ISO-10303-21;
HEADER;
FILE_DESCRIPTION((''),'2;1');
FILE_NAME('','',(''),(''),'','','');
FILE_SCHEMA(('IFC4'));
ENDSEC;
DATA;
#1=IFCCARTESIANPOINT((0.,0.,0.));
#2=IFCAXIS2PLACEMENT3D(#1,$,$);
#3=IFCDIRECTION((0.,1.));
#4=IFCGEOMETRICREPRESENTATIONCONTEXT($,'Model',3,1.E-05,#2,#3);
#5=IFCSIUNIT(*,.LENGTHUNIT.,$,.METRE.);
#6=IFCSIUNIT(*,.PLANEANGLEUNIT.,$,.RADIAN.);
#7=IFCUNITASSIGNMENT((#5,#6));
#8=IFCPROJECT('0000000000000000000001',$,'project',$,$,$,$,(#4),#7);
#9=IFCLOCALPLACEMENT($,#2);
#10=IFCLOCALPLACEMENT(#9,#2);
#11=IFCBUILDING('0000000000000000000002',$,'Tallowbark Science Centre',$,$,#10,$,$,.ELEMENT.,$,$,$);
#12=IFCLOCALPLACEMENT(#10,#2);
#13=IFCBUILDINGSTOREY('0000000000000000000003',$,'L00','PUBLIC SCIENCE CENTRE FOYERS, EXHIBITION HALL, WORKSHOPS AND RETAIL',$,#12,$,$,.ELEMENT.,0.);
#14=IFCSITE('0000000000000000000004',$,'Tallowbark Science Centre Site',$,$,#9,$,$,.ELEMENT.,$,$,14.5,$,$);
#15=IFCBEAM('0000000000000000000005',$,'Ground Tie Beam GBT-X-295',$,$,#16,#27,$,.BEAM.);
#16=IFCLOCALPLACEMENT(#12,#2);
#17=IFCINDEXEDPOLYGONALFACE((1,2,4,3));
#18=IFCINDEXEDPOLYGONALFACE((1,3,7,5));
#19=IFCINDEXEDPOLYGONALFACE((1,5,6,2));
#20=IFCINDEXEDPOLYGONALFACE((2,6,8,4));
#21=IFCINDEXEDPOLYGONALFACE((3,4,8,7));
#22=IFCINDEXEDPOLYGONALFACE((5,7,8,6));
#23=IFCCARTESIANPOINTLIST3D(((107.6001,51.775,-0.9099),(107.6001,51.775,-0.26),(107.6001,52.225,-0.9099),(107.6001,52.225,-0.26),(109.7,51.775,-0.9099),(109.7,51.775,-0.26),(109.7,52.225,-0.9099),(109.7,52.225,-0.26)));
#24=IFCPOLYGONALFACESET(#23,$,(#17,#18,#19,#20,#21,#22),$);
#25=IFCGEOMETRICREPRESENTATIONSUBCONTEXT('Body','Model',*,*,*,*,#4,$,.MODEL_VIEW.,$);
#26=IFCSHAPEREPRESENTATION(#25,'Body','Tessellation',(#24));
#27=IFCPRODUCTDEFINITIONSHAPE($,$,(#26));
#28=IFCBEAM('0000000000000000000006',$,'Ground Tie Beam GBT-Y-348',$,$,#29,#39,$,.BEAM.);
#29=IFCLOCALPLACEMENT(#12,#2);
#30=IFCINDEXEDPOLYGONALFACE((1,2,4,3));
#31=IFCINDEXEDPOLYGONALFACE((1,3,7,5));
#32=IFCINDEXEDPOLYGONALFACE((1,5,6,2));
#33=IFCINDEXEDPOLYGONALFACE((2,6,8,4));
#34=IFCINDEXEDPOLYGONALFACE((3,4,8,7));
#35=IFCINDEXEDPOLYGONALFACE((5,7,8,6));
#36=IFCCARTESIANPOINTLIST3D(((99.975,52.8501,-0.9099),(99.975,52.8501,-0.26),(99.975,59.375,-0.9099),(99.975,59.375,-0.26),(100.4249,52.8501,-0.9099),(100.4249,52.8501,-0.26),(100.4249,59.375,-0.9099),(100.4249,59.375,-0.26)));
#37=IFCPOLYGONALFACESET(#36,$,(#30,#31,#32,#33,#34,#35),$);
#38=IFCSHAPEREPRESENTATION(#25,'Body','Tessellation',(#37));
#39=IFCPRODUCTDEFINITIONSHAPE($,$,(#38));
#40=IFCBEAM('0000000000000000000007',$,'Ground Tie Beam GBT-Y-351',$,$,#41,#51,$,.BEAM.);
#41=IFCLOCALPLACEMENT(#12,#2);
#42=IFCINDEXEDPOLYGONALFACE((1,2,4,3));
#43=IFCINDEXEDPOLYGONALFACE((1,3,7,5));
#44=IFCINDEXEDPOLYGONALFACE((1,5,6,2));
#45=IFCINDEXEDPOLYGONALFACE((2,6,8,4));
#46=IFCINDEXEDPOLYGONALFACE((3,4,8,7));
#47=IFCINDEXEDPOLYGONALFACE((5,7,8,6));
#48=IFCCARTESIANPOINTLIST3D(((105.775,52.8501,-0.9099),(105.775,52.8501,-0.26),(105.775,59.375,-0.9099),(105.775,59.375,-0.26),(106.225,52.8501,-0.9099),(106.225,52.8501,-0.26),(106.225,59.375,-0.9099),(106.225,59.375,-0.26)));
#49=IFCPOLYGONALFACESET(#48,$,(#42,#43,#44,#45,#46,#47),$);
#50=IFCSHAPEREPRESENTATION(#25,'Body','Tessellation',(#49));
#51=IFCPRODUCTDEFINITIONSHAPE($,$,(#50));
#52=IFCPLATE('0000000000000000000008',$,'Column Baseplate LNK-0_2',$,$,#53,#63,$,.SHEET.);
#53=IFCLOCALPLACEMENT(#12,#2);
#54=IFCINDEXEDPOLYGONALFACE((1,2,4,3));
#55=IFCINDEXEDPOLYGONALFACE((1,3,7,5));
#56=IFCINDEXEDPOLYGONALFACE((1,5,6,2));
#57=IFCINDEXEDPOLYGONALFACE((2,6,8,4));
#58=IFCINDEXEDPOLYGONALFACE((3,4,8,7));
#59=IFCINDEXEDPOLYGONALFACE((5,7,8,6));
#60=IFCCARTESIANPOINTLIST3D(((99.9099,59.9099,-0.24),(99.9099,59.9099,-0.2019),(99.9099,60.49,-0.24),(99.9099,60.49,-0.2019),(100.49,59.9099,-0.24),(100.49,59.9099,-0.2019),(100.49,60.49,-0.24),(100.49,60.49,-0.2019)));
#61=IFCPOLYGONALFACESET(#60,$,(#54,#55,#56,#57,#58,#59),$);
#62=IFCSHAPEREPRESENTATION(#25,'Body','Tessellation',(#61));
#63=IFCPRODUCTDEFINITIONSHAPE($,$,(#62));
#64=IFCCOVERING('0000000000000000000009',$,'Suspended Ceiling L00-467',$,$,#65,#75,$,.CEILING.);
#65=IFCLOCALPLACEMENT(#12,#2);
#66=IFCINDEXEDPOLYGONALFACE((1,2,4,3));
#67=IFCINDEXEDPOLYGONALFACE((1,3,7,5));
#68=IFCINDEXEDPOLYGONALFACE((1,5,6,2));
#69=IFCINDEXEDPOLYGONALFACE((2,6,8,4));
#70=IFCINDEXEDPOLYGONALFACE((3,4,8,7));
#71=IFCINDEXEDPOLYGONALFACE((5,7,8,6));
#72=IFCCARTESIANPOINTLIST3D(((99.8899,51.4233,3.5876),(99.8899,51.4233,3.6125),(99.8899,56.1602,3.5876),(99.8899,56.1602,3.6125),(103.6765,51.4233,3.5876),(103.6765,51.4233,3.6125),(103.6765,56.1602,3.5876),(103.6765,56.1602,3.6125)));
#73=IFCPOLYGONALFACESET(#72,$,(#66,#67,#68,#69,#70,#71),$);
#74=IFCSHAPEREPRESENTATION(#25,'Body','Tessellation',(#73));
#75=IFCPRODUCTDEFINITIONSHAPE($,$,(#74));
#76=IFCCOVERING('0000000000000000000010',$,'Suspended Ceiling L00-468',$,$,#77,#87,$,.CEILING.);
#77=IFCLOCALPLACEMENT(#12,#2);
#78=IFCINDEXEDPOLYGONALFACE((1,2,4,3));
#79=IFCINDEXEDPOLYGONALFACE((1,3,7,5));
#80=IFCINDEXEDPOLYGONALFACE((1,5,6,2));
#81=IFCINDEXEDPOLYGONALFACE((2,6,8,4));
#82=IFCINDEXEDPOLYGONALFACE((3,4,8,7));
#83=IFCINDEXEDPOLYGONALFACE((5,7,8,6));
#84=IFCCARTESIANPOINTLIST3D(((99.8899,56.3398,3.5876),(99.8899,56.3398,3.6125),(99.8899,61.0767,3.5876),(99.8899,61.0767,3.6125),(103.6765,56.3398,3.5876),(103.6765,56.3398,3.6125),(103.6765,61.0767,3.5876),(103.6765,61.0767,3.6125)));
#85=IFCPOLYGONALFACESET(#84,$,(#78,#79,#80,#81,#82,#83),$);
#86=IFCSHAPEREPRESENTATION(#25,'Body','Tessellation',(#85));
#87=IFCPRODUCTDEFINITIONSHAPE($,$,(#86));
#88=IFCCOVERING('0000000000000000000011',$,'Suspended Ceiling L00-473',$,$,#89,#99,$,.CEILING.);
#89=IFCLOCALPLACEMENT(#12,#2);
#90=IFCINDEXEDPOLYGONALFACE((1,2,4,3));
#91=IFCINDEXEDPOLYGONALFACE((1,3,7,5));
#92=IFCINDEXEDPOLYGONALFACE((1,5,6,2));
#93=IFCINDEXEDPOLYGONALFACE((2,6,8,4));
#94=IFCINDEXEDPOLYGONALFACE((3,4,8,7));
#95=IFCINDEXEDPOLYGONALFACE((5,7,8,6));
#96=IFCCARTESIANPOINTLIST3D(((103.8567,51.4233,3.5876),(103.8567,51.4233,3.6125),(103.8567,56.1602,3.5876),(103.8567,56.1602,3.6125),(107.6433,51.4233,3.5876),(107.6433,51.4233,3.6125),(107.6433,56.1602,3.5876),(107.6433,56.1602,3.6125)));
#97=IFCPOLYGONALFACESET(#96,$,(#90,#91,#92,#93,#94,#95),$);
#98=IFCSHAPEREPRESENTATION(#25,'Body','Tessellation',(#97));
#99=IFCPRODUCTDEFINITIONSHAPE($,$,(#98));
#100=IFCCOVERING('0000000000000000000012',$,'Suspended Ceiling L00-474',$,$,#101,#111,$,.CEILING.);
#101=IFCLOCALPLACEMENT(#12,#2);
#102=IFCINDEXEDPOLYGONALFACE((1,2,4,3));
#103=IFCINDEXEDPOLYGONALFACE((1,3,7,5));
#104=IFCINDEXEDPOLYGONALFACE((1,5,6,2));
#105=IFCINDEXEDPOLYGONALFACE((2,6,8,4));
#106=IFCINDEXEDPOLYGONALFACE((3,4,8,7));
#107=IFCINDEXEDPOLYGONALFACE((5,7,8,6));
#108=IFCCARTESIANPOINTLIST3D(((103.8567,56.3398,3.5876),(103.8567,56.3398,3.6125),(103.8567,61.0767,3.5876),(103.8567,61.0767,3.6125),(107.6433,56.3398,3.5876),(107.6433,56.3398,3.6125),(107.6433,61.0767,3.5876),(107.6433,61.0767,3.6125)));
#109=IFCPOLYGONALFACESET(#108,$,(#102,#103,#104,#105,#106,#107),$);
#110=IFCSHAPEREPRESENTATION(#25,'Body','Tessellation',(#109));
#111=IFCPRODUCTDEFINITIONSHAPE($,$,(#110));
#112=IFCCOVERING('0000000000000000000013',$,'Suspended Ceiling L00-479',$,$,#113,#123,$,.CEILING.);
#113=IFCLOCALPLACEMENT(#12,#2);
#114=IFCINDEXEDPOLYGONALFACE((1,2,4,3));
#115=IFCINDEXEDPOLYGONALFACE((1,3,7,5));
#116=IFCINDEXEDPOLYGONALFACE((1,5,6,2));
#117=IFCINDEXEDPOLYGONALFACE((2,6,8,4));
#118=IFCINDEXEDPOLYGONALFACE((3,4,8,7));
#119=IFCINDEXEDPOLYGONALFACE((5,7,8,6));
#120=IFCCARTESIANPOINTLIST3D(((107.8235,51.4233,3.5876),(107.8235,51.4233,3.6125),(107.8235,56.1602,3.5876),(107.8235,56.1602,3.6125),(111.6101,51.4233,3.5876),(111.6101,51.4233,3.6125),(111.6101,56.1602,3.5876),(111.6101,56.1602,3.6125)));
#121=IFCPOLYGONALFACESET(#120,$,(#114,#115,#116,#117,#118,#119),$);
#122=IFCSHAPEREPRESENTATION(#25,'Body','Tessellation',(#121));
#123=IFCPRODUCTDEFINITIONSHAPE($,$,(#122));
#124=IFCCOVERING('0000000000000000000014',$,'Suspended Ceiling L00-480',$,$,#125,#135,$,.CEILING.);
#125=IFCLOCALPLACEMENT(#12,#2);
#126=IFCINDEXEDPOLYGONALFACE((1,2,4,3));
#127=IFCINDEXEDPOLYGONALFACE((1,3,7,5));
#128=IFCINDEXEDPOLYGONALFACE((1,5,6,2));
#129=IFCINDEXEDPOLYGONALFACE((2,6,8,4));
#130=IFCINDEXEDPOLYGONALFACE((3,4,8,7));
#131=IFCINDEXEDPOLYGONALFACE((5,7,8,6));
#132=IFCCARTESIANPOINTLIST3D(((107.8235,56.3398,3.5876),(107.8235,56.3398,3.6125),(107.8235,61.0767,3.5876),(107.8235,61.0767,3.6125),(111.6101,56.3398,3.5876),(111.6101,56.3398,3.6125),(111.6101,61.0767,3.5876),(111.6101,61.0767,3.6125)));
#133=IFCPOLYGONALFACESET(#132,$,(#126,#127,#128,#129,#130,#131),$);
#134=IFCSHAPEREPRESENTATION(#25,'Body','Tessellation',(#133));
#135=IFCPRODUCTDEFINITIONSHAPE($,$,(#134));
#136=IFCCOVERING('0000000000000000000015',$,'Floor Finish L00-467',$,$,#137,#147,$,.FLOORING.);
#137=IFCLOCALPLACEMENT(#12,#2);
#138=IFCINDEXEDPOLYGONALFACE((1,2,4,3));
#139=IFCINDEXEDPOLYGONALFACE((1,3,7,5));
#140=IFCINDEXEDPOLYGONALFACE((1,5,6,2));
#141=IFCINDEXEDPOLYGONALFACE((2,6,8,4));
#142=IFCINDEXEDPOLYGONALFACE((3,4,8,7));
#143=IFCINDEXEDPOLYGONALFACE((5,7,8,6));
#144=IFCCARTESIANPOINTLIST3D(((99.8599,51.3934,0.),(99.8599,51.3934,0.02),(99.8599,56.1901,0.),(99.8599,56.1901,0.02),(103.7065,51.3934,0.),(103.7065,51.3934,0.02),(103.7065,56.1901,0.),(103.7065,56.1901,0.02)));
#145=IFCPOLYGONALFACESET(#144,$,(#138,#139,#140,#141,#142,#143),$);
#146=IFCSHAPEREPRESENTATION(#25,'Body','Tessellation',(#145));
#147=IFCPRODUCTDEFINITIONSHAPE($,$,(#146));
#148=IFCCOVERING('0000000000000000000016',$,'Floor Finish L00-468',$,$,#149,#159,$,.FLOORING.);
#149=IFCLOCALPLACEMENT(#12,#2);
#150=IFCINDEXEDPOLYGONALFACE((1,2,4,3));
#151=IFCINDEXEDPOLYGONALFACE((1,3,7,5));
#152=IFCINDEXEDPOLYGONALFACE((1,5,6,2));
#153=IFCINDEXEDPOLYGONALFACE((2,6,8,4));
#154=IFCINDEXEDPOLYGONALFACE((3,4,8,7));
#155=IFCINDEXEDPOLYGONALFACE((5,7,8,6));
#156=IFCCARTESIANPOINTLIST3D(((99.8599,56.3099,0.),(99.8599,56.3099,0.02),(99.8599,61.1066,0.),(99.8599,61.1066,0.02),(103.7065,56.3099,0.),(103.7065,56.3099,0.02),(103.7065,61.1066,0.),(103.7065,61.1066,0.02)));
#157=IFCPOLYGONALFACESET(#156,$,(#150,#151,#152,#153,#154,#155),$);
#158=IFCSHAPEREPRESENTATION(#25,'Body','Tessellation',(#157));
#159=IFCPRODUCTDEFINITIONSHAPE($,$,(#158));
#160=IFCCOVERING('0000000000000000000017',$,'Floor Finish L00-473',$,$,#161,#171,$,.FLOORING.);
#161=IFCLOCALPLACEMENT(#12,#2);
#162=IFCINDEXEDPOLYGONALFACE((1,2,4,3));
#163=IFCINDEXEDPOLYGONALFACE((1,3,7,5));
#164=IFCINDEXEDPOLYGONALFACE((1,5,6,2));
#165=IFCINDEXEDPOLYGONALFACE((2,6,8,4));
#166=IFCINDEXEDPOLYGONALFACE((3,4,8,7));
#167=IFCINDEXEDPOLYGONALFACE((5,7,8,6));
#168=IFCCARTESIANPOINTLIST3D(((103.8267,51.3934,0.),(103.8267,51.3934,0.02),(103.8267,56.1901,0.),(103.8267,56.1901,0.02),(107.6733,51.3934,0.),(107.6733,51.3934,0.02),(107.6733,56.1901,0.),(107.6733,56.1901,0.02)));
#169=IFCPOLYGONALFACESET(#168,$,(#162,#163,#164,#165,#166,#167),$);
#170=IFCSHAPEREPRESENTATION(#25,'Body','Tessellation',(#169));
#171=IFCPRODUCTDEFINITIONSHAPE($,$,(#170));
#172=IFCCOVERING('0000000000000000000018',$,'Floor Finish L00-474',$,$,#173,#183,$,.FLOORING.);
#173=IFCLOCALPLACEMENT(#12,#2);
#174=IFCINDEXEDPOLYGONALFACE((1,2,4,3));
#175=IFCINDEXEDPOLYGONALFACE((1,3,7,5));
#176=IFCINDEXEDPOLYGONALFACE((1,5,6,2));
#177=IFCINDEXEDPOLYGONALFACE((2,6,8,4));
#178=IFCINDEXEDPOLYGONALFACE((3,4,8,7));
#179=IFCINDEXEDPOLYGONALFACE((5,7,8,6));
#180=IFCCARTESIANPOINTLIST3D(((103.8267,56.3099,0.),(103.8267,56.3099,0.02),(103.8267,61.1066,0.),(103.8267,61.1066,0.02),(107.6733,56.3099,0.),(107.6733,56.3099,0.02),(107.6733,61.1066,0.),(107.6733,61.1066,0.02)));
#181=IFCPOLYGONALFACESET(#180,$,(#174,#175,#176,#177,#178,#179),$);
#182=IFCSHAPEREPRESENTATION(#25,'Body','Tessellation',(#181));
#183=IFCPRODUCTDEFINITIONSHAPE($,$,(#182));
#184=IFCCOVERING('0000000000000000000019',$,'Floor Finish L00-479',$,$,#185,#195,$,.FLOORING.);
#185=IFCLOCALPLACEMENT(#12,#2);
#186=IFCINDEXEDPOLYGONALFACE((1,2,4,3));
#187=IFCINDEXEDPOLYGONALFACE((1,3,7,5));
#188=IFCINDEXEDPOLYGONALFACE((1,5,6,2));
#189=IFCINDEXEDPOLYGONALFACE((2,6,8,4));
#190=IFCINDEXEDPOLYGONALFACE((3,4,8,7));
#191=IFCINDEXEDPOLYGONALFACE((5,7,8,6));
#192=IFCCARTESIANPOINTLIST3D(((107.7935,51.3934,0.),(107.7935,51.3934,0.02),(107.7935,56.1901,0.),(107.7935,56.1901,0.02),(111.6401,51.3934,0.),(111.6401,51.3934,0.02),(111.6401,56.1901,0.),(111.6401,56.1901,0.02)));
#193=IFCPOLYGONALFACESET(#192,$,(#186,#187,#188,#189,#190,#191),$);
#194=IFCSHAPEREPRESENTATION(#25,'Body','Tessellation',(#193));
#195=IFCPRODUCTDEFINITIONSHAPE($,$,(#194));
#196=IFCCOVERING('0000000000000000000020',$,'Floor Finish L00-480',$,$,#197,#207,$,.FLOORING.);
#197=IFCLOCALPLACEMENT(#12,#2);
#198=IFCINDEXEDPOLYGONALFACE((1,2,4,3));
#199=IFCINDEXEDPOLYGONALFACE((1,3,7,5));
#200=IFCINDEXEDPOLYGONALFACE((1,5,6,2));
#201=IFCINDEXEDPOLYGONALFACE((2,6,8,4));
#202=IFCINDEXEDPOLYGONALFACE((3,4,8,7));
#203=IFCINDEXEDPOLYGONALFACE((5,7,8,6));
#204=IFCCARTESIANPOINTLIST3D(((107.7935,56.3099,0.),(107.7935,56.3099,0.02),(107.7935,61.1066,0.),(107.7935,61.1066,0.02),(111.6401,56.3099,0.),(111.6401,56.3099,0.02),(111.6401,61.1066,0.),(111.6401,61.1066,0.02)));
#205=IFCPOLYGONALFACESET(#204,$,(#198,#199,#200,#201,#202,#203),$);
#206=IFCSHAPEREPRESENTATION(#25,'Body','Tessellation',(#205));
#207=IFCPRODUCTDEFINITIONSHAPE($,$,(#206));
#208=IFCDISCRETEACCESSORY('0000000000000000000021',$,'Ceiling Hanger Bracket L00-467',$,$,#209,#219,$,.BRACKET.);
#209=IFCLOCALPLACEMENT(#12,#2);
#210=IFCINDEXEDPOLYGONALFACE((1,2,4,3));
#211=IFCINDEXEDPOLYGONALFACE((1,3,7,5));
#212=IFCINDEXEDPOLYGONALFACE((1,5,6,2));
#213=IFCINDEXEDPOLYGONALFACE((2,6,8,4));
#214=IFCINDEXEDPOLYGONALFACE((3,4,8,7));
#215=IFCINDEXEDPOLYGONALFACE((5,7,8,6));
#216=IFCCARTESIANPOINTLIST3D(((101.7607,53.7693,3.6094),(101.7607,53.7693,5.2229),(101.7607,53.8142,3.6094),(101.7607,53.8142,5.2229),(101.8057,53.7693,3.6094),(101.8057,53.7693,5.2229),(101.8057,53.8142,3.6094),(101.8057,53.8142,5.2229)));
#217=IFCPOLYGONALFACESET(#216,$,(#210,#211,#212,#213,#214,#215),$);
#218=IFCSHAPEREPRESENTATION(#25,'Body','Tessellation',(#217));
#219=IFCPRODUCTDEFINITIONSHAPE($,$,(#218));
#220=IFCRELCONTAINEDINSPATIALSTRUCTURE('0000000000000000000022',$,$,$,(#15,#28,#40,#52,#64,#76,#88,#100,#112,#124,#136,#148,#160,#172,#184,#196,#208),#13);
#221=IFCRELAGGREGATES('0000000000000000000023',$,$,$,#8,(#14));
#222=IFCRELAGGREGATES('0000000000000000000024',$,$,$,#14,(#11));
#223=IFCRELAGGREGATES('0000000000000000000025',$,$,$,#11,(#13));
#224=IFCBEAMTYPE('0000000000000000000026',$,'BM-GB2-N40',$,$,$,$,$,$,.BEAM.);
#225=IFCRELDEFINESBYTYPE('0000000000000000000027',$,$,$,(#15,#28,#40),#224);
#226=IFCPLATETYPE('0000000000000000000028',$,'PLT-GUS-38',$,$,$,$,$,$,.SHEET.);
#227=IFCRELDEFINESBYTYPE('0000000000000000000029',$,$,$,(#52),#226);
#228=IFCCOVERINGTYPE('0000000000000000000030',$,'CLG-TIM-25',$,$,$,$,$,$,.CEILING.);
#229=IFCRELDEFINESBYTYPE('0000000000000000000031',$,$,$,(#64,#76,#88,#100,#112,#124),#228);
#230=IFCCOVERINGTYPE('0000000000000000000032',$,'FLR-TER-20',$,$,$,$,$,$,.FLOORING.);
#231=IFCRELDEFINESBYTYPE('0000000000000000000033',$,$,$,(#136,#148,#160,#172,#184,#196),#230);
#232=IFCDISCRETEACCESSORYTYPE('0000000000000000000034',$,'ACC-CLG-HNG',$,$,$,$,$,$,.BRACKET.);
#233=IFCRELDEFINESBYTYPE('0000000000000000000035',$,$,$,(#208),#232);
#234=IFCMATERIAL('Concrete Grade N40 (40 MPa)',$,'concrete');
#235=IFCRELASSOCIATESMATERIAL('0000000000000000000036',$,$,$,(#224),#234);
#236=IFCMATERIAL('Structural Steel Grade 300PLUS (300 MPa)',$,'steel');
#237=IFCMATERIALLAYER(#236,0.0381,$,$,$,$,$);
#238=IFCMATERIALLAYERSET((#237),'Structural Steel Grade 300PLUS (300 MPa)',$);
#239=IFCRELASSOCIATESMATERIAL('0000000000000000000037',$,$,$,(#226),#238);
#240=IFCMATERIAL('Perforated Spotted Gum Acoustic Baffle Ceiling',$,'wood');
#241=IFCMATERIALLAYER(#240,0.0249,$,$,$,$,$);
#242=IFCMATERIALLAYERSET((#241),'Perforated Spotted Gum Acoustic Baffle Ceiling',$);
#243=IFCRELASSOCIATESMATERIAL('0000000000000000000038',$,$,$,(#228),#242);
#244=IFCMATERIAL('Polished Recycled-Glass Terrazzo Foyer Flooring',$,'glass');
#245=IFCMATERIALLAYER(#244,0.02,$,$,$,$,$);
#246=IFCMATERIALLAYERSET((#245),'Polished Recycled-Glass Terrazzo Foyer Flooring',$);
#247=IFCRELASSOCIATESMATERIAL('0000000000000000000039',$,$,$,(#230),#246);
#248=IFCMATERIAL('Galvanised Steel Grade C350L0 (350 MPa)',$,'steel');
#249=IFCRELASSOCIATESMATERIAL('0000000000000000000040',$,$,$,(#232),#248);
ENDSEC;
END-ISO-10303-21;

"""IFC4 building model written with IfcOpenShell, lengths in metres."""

from ifc_helpers import new_model, si_unit, direction, frame, origin, origin_2d, place, context, subcontext, project, spatial, rectangle, extrude, material, layer, layer_set, material_profile, profile_set, type_object, element, save


model = new_model("IFC4")

# Units and contexts
model_context = context("Model", 3, precision=1e-05, world=origin(), true_north=direction((0.0, 1.0)))
body_context = subcontext(model_context, "Body", "Model", "MODEL_VIEW")
ifc_project = project(units=[si_unit("LENGTHUNIT", "METRE"), si_unit("PLANEANGLEUNIT", "RADIAN")], contexts=[model_context])

# Site, building, storey
site_placement = place(None, origin())
site = spatial("IfcSite", under=ifc_project, at=site_placement, Name="Tallowbark Science Centre Site", CompositionType="ELEMENT", RefElevation=14.5)
building_placement = place(site_placement, origin())
building = spatial("IfcBuilding", under=site, at=building_placement, Name="Tallowbark Science Centre", CompositionType="ELEMENT")
storey_placement = place(building_placement, origin())
storey = spatial("IfcBuildingStorey", under=building, at=storey_placement, Name="L00", Description="PUBLIC SCIENCE CENTRE FOYERS, EXHIBITION HALL, WORKSHOPS AND RETAIL", CompositionType="ELEMENT", Elevation=0.0)

# Shared definitions
ifc_material_1 = material(Name="Concrete Grade N40 (40 MPa)", Category="concrete")

# Shared definitions
ifc_material_2 = material(Name="Structural Steel Grade 300PLUS (300 MPa)", Category="steel")

# Beams
ifc_material_profile_1 = material_profile(ifc_material_1, rectangle(XDim=0.45, YDim=0.6499, at=origin_2d()), Name="RC450x650")
ifc_profile_set_1 = profile_set([ifc_material_profile_1], Name="Concrete Grade N40 (40 MPa)")
beam_type = type_object("IfcBeamType", Name="BM-GB2-N40", PredefinedType="BEAM", material=ifc_profile_set_1)
beam_1_placement = place(storey_placement, frame((107.6001, 52.0, -0.585), z_axis=(1.0, 0.0, 0.0), x_axis=(0.0, 1.0, 0.0)))
element("IfcBeam", 1, at=beam_1_placement, inside=storey, type_object=beam_type, Name="Ground Tie Beam GBT-X-295", PredefinedType="BEAM", context=body_context, shape_type="SweptSolid", body=[
    extrude(rectangle(XDim=0.45, YDim=0.6499, at=origin_2d()), origin(), (0.0, 0.0, 1.0), 2.0999),
])
for number, where, z_axis, x_axis, name in (
    (2, (100.2, 52.8501, -0.585), (0.0, 1.0, 0.0), (-1.0, 0.0, 0.0), "Ground Tie Beam GBT-Y-348"),
    (3, (106.0, 52.8501, -0.585), (0.0, 1.0, 0.0), (-1.0, 0.0, 0.0), "Ground Tie Beam GBT-Y-351"),
):
    element("IfcBeam", number, at=place(storey_placement, frame(where, z_axis=z_axis, x_axis=x_axis)), inside=storey, type_object=beam_type, Name=name, PredefinedType="BEAM", context=body_context, shape_type="SweptSolid", body=[
        extrude(rectangle(XDim=0.45, YDim=0.6499, at=origin_2d()), origin(), (0.0, 0.0, 1.0), 6.5249),
    ])

# Plate
ifc_layer_1 = layer(ifc_material_2, 0.0381)
ifc_layer_set_1 = layer_set([ifc_layer_1], Name="Structural Steel Grade 300PLUS (300 MPa)")
plate_type = type_object("IfcPlateType", Name="PLT-GUS-38", PredefinedType="SHEET", material=ifc_layer_set_1)
plate_placement = place(storey_placement, frame((100.2, 60.2, -0.24), z_axis=(0.0, 0.0, 1.0), x_axis=(1.0, 0.0, 0.0)))
element("IfcPlate", 4, at=plate_placement, inside=storey, type_object=plate_type, Name="Column Baseplate LNK-0_2", PredefinedType="SHEET", context=body_context, shape_type="SweptSolid", body=[
    extrude(rectangle(XDim=0.5801, YDim=0.5801, at=origin_2d()), origin(), (0.0, 0.0, 1.0), 0.0381),
])

# Coverings
ifc_material_3 = material(Name="Perforated Spotted Gum Acoustic Baffle Ceiling", Category="wood")
ifc_layer_2 = layer(ifc_material_3, 0.0249)
ifc_layer_set_2 = layer_set([ifc_layer_2], Name="Perforated Spotted Gum Acoustic Baffle Ceiling")
covering_type_1 = type_object("IfcCoveringType", Name="CLG-TIM-25", PredefinedType="CEILING", material=ifc_layer_set_2)
for number, where, z_axis, x_axis, name in (
    (5, (101.7832, 53.7917, 3.5876), (0.0, 0.0, 1.0), (1.0, 0.0, 0.0), "Suspended Ceiling L00-467"),
    (6, (101.7832, 58.7083, 3.5876), (0.0, 0.0, 1.0), (1.0, 0.0, 0.0), "Suspended Ceiling L00-468"),
    (7, (105.75, 53.7917, 3.5876), (0.0, 0.0, 1.0), (1.0, 0.0, 0.0), "Suspended Ceiling L00-473"),
    (8, (105.75, 58.7083, 3.5876), (0.0, 0.0, 1.0), (1.0, 0.0, 0.0), "Suspended Ceiling L00-474"),
    (9, (109.7168, 53.7917, 3.5876), (0.0, 0.0, 1.0), (1.0, 0.0, 0.0), "Suspended Ceiling L00-479"),
    (10, (109.7168, 58.7083, 3.5876), (0.0, 0.0, 1.0), (1.0, 0.0, 0.0), "Suspended Ceiling L00-480"),
):
    element("IfcCovering", number, at=place(storey_placement, frame(where, z_axis=z_axis, x_axis=x_axis)), inside=storey, type_object=covering_type_1, Name=name, PredefinedType="CEILING", context=body_context, shape_type="SweptSolid", body=[
        extrude(rectangle(XDim=3.7866, YDim=4.7368, at=origin_2d()), origin(), (0.0, 0.0, 1.0), 0.0249),
    ])
ifc_material_4 = material(Name="Polished Recycled-Glass Terrazzo Foyer Flooring", Category="glass")
ifc_layer_3 = layer(ifc_material_4, 0.02)
ifc_layer_set_3 = layer_set([ifc_layer_3], Name="Polished Recycled-Glass Terrazzo Foyer Flooring")
covering_type_2 = type_object("IfcCoveringType", Name="FLR-TER-20", PredefinedType="FLOORING", material=ifc_layer_set_3)
for number, where, z_axis, x_axis, name in (
    (11, (101.7832, 53.7917, 0.0), (0.0, 0.0, 1.0), (1.0, 0.0, 0.0), "Floor Finish L00-467"),
    (12, (101.7832, 58.7083, 0.0), (0.0, 0.0, 1.0), (1.0, 0.0, 0.0), "Floor Finish L00-468"),
    (13, (105.75, 53.7917, 0.0), (0.0, 0.0, 1.0), (1.0, 0.0, 0.0), "Floor Finish L00-473"),
    (14, (105.75, 58.7083, 0.0), (0.0, 0.0, 1.0), (1.0, 0.0, 0.0), "Floor Finish L00-474"),
    (15, (109.7168, 53.7917, 0.0), (0.0, 0.0, 1.0), (1.0, 0.0, 0.0), "Floor Finish L00-479"),
    (16, (109.7168, 58.7083, 0.0), (0.0, 0.0, 1.0), (1.0, 0.0, 0.0), "Floor Finish L00-480"),
):
    element("IfcCovering", number, at=place(storey_placement, frame(where, z_axis=z_axis, x_axis=x_axis)), inside=storey, type_object=covering_type_2, Name=name, PredefinedType="FLOORING", context=body_context, shape_type="SweptSolid", body=[
        extrude(rectangle(XDim=3.8467, YDim=4.7966, at=origin_2d()), origin(), (0.0, 0.0, 1.0), 0.02),
    ])

# Discrete accessory
ifc_material_5 = material(Name="Galvanised Steel Grade C350L0 (350 MPa)", Category="steel")
discrete_accessory_type = type_object("IfcDiscreteAccessoryType", Name="ACC-CLG-HNG", PredefinedType="BRACKET", material=ifc_material_5)
for number, where, z_axis, x_axis, name in (
    (17, (101.7832, 53.7917, 3.6094), (0.0, 0.0, 1.0), (1.0, 0.0, 0.0), "Ceiling Hanger Bracket L00-467"),
):
    element("IfcDiscreteAccessory", number, at=place(storey_placement, frame(where, z_axis=z_axis, x_axis=x_axis)), inside=storey, type_object=discrete_accessory_type, Name=name, PredefinedType="BRACKET", context=body_context, shape_type="SweptSolid", body=[
        extrude(rectangle(XDim=0.0449, YDim=0.0449, at=origin_2d()), origin(), (0.0, 0.0, 1.0), 1.6135),
    ])

save(model, "model.ifc")
